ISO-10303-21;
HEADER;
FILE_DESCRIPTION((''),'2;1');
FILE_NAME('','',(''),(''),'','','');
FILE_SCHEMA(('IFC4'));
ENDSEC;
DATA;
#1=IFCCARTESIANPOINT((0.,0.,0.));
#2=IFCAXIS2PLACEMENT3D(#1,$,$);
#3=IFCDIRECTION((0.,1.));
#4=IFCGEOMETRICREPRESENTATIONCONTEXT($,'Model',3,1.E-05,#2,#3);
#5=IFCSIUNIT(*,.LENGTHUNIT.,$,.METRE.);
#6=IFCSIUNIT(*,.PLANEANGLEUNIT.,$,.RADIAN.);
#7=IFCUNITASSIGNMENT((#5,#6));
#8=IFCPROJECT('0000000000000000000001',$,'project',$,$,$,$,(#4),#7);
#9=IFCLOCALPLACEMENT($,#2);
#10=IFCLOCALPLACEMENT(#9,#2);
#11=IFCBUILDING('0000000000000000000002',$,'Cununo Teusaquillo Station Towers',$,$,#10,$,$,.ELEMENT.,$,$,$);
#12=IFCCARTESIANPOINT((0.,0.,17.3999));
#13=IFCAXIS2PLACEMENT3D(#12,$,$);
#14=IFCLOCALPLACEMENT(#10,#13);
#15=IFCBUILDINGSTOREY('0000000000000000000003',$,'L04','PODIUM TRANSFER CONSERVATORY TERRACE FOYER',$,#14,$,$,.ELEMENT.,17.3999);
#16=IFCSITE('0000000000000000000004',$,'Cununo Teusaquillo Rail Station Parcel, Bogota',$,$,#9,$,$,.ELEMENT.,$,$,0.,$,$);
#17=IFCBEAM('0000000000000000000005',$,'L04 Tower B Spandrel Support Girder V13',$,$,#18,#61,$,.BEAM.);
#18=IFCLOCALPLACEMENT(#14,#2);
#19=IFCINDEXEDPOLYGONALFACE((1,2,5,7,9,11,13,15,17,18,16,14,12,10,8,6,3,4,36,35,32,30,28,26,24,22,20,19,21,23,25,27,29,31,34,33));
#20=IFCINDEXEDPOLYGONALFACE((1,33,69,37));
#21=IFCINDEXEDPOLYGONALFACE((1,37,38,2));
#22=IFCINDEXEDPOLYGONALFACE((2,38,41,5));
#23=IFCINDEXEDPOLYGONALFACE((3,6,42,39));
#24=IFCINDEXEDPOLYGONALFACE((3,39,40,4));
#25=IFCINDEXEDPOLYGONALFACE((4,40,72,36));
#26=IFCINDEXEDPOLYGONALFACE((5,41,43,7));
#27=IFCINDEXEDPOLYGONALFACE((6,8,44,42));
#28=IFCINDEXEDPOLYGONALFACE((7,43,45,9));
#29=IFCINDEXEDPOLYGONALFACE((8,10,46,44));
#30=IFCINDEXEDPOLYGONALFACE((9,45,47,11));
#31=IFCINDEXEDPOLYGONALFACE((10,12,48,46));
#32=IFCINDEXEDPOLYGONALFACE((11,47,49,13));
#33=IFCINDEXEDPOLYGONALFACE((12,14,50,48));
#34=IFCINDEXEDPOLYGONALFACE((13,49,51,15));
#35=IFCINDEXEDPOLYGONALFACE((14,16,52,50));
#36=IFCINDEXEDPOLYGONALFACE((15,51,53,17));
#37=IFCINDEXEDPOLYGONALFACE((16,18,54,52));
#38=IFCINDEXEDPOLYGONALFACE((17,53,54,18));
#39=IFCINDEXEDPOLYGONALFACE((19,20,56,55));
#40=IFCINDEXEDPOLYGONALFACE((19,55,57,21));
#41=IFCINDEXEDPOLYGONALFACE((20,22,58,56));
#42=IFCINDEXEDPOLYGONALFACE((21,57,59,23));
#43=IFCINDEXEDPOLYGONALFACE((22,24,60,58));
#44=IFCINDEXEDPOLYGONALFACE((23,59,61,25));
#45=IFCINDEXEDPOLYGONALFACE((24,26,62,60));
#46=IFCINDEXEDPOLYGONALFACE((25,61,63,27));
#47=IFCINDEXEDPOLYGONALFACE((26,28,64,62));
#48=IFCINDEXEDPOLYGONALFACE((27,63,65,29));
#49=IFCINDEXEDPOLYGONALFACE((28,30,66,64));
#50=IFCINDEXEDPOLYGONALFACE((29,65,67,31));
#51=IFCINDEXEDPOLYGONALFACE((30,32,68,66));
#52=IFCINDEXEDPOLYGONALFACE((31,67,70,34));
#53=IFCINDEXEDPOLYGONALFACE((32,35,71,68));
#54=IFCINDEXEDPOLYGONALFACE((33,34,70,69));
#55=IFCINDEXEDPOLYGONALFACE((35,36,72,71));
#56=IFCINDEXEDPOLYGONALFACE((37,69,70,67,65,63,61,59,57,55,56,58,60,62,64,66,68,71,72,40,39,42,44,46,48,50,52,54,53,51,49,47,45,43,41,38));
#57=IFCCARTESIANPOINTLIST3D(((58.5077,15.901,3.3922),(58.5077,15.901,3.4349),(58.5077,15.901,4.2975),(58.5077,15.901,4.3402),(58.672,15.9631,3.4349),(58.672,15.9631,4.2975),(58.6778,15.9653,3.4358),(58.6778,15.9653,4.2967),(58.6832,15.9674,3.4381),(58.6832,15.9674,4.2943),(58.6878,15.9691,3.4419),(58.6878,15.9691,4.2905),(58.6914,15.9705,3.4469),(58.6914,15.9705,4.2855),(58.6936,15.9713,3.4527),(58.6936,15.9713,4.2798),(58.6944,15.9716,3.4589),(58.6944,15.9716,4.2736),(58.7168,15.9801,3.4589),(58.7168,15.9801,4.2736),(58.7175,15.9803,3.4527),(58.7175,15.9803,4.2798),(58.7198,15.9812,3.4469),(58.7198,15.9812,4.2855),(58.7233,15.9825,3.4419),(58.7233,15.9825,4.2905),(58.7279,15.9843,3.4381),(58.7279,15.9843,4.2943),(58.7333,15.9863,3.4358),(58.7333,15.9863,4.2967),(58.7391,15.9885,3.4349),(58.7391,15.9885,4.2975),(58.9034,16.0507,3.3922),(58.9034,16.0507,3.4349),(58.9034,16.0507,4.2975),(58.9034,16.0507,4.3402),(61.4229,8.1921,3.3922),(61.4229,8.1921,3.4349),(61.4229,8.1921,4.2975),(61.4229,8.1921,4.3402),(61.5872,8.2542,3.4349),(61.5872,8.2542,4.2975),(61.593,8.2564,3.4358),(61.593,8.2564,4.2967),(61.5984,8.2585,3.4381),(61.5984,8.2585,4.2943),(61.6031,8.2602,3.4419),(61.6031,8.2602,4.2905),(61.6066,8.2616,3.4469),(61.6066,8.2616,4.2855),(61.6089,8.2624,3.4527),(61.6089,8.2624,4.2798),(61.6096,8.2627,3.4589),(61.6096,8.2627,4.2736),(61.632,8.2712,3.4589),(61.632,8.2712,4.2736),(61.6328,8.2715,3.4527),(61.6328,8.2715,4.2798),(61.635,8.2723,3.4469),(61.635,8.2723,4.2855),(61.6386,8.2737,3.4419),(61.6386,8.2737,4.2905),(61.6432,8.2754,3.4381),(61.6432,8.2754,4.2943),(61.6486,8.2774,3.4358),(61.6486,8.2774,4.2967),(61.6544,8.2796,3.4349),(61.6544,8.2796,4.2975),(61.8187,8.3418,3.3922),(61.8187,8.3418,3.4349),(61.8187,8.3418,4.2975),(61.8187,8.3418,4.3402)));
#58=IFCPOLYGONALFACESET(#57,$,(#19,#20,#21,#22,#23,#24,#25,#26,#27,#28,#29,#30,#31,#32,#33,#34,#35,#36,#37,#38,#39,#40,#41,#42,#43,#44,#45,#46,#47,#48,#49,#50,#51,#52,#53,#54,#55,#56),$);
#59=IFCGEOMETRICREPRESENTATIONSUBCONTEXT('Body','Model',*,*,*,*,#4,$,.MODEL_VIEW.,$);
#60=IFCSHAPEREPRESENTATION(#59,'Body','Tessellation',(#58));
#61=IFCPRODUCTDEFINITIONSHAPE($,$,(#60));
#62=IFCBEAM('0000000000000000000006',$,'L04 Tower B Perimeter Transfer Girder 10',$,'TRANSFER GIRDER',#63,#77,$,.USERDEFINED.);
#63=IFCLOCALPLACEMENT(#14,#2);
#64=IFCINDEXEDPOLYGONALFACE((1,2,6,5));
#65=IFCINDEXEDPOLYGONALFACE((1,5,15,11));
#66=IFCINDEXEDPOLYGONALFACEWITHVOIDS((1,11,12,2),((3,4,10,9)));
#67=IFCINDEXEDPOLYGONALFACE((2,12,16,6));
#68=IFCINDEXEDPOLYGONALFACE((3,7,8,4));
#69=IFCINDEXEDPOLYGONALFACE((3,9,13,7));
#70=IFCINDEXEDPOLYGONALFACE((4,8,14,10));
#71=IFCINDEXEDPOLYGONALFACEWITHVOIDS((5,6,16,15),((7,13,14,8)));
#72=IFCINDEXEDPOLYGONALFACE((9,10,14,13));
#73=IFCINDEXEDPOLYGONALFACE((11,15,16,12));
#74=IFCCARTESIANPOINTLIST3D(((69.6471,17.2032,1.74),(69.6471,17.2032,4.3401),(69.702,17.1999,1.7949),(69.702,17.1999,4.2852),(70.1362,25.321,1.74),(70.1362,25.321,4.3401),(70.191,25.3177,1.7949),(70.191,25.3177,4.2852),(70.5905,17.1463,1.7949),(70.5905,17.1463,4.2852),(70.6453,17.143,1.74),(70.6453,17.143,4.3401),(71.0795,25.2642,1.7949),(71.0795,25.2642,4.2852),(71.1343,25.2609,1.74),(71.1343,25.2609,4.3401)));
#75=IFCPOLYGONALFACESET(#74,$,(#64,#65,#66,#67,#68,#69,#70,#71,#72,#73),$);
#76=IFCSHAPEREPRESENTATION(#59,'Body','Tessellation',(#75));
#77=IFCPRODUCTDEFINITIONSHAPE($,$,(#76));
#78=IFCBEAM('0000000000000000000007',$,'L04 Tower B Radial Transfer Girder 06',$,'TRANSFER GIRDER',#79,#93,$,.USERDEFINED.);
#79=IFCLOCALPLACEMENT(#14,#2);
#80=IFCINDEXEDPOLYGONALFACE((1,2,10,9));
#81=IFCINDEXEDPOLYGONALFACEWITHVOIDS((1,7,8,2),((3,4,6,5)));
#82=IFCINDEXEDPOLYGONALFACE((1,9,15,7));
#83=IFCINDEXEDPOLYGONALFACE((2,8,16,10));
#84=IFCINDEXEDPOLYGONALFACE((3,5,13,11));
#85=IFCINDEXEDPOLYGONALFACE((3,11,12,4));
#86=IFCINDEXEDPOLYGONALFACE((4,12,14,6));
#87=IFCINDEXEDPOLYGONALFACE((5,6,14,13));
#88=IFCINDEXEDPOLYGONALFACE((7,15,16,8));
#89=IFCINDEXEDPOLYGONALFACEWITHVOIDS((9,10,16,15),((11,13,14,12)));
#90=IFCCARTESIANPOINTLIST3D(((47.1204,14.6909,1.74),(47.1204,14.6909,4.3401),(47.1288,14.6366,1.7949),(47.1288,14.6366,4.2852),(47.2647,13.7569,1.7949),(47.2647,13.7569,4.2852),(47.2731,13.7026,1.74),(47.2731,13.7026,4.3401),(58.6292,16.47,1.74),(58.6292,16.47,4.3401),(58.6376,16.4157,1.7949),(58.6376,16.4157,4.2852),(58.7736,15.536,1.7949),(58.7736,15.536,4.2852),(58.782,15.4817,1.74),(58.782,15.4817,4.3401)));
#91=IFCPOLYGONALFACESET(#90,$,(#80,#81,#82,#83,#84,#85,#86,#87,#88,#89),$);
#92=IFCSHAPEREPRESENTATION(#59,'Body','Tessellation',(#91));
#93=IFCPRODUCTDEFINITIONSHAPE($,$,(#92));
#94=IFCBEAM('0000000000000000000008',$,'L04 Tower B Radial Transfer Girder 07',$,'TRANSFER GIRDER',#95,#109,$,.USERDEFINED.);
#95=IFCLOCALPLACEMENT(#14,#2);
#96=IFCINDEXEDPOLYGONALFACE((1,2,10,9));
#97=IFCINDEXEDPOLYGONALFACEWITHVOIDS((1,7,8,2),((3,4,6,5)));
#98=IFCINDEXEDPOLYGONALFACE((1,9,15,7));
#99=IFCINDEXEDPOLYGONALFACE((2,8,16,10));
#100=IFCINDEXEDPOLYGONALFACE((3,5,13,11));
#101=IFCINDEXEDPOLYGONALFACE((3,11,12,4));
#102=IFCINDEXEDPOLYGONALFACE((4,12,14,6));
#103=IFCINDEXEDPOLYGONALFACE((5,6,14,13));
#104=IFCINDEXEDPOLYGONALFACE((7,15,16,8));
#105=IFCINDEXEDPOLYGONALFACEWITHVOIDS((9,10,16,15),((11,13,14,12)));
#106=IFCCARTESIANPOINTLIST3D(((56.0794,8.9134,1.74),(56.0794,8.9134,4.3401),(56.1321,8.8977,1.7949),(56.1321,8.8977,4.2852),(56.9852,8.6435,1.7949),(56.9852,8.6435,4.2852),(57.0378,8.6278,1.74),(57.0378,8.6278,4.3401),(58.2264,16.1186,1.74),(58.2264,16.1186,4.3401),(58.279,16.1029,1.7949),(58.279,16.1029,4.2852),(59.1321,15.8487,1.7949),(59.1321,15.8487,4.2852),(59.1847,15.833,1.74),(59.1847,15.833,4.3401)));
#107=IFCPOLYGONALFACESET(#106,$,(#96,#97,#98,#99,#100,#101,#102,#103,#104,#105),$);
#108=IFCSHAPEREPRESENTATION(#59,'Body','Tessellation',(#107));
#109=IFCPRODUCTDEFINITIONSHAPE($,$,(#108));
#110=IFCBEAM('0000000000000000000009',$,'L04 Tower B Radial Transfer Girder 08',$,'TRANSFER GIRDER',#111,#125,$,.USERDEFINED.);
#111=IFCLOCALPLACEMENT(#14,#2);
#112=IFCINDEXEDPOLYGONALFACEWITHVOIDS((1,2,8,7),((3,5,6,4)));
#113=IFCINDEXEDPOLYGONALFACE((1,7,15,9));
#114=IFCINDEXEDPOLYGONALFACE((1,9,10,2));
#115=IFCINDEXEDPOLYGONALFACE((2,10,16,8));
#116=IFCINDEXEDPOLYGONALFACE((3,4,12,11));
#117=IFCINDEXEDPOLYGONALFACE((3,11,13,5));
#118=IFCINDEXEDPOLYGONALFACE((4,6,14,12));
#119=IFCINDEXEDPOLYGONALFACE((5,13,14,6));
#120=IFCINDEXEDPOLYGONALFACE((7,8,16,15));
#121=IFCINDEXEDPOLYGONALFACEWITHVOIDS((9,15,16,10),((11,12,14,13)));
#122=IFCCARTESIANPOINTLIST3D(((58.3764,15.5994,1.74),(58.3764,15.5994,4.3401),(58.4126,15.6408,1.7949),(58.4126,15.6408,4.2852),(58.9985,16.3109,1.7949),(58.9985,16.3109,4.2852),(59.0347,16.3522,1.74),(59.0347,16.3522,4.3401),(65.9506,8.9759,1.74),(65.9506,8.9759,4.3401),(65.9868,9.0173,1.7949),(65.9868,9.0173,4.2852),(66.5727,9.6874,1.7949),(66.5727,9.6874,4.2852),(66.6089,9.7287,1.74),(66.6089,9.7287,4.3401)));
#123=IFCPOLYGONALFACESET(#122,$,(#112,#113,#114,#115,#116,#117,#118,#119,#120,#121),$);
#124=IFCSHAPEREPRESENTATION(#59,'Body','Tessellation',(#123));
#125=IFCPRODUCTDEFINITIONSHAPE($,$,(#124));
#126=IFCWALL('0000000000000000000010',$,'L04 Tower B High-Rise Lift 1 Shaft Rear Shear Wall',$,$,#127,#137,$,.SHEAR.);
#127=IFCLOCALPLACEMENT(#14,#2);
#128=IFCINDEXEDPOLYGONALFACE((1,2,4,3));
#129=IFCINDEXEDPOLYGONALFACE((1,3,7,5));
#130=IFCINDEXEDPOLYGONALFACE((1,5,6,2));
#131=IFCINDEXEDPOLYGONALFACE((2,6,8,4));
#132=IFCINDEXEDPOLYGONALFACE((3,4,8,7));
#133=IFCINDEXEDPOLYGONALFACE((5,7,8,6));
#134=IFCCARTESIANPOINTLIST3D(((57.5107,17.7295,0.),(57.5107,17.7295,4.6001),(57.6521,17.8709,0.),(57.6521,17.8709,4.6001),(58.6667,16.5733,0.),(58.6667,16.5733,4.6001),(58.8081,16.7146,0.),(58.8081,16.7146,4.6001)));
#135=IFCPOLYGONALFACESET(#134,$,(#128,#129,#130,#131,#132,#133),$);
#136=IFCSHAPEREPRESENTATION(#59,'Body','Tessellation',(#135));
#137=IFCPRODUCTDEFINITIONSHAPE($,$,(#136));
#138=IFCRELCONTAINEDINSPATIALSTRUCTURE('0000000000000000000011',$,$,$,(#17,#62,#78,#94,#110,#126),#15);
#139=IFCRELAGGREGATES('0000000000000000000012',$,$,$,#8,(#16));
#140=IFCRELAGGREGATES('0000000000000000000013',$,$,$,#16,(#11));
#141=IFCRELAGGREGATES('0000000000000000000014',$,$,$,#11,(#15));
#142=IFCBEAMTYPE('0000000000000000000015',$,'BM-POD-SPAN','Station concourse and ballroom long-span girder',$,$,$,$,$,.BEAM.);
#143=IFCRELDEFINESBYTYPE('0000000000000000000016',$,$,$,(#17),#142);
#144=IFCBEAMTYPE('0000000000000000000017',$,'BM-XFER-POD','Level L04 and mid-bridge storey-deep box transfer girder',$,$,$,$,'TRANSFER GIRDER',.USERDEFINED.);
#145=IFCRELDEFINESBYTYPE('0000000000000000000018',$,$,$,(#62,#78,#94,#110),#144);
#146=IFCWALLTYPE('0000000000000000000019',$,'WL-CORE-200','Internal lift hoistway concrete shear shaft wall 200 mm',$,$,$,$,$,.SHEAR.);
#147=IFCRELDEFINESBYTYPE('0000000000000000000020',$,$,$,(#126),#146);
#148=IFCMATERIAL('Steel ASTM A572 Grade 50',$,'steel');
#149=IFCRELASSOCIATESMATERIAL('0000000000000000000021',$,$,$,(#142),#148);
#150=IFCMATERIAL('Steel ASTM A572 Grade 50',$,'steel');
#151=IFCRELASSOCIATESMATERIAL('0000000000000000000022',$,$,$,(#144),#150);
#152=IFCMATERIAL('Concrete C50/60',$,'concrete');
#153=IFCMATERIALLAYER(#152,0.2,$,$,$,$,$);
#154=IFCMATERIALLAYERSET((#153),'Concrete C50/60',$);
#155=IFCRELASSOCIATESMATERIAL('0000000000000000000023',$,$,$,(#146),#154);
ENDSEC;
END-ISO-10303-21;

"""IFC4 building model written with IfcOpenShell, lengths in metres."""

from ifc_helpers import new_model, si_unit, direction, frame, frame_2d, origin, origin_2d, place, context, subcontext, project, spatial, rectangle, hollow_rectangle, i_section, extrude, material, layer, layer_set, material_profile, profile_set, type_object, element, save


model = new_model("IFC4")

# Units and contexts
model_context = context("Model", 3, precision=1e-05, world=origin(), true_north=direction((0.0, 1.0)))
body_context = subcontext(model_context, "Body", "Model", "MODEL_VIEW")
ifc_project = project(units=[si_unit("LENGTHUNIT", "METRE"), si_unit("PLANEANGLEUNIT", "RADIAN")], contexts=[model_context])

# Site, building, storey
site_placement = place(None, origin())
site = spatial("IfcSite", under=ifc_project, at=site_placement, Name="Cununo Teusaquillo Rail Station Parcel, Bogota", CompositionType="ELEMENT", RefElevation=0.0)
building_placement = place(site_placement, origin())
building = spatial("IfcBuilding", under=site, at=building_placement, Name="Cununo Teusaquillo Station Towers", CompositionType="ELEMENT")
storey_placement = place(building_placement, frame((0.0, 0.0, 17.3999)))
storey = spatial("IfcBuildingStorey", under=building, at=storey_placement, Name="L04", Description="PODIUM TRANSFER CONSERVATORY TERRACE FOYER", CompositionType="ELEMENT", Elevation=17.3999)

# Beams
ifc_material_1 = material(Name="Steel ASTM A572 Grade 50", Category="steel")
ifc_material_profile_1 = material_profile(ifc_material_1, i_section(OverallWidth=0.4231, OverallDepth=0.948, WebThickness=0.0239, FlangeThickness=0.0427, FilletRadius=0.0239, at=origin_2d()), Name="W36X302")
ifc_profile_set_1 = profile_set([ifc_material_profile_1], Name="Steel ASTM A572 Grade 50")
beam_type_1 = type_object("IfcBeamType", Name="BM-POD-SPAN", Description="Station concourse and ballroom long-span girder", PredefinedType="BEAM", material=ifc_profile_set_1)
beam_1_placement = place(storey_placement, frame((58.7056, 15.9758, 3.8662), z_axis=(0.353719, -0.935352, 0.0), x_axis=(0.935352, 0.353719, 0.0)))
element("IfcBeam", 1, at=beam_1_placement, inside=storey, type_object=beam_type_1, Name="L04 Tower B Spandrel Support Girder V13", PredefinedType="BEAM", context=body_context, shape_type="SweptSolid", body=[
    extrude(i_section(OverallWidth=0.4231, OverallDepth=0.948, WebThickness=0.0239, FlangeThickness=0.0427, FilletRadius=0.0239, at=origin_2d()), origin(), (0.0, 0.0, 1.0), 8.2417),
])
ifc_material_2 = material(Name="Steel ASTM A572 Grade 50", Category="steel")
ifc_material_profile_2 = material_profile(ifc_material_2, hollow_rectangle(XDim=1.0, YDim=2.6001, WallThickness=0.0549, at=origin_2d()), Name="BOX 2600x1000x55")
ifc_profile_set_2 = profile_set([ifc_material_profile_2], Name="Steel ASTM A572 Grade 50")
beam_type_2 = type_object("IfcBeamType", Name="BM-XFER-POD", Description="Level L04 and mid-bridge storey-deep box transfer girder", ElementType="TRANSFER GIRDER", PredefinedType="USERDEFINED", material=ifc_profile_set_2)
beam_2_placement = place(storey_placement, frame((70.1462, 17.1731, 3.04), z_axis=(0.06013, 0.998191, 0.0), x_axis=(-0.998191, 0.06013, 0.0)))
element("IfcBeam", 2, at=beam_2_placement, inside=storey, type_object=beam_type_2, Name="L04 Tower B Perimeter Transfer Girder 10", ObjectType="TRANSFER GIRDER", PredefinedType="USERDEFINED", context=body_context, shape_type="SweptSolid", body=[
    extrude(hollow_rectangle(XDim=1.0, YDim=2.6001, WallThickness=0.0549, at=origin_2d()), origin(), (0.0, 0.0, 1.0), 8.1326),
])
beam_3_placement = place(storey_placement, frame((58.7056, 15.9758, 3.04), z_axis=(-0.988262, -0.152768, 0.0), x_axis=(0.152768, -0.988262, 0.0)))
element("IfcBeam", 3, at=beam_3_placement, inside=storey, type_object=beam_type_2, Name="L04 Tower B Radial Transfer Girder 06", ObjectType="TRANSFER GIRDER", PredefinedType="USERDEFINED", context=body_context, shape_type="SweptSolid", body=[
    extrude(hollow_rectangle(XDim=1.0, YDim=2.6001, WallThickness=0.0549, at=origin_2d()), origin(), (0.0, 0.0, 1.0), 11.6455),
])
beam_4_placement = place(storey_placement, frame((58.7056, 15.9758, 3.04), z_axis=(-0.285563, -0.95836, 0.0), x_axis=(0.95836, -0.285563, 0.0)))
element("IfcBeam", 4, at=beam_4_placement, inside=storey, type_object=beam_type_2, Name="L04 Tower B Radial Transfer Girder 07", ObjectType="TRANSFER GIRDER", PredefinedType="USERDEFINED", context=body_context, shape_type="SweptSolid", body=[
    extrude(hollow_rectangle(XDim=1.0, YDim=2.6001, WallThickness=0.0549, at=origin_2d()), origin(), (0.0, 0.0, 1.0), 7.5183),
])
beam_5_placement = place(storey_placement, frame((58.7056, 15.9758, 3.04), z_axis=(0.752769, -0.658285, 0.0), x_axis=(0.658285, 0.752769, 0.0)))
element("IfcBeam", 5, at=beam_5_placement, inside=storey, type_object=beam_type_2, Name="L04 Tower B Radial Transfer Girder 08", ObjectType="TRANSFER GIRDER", PredefinedType="USERDEFINED", context=body_context, shape_type="SweptSolid", body=[
    extrude(hollow_rectangle(XDim=1.0, YDim=2.6001, WallThickness=0.0549, at=origin_2d()), origin(), (0.0, 0.0, 1.0), 10.0618),
])

# Wall
ifc_material_3 = material(Name="Concrete C50/60", Category="concrete")
ifc_layer_1 = layer(ifc_material_3, 0.2)
ifc_layer_set_1 = layer_set([ifc_layer_1], Name="Concrete C50/60")
wall_type_1 = type_object("IfcWallType", Name="WL-CORE-200", Description="Internal lift hoistway concrete shear shaft wall 200 mm", PredefinedType="SHEAR", material=ifc_layer_set_1)
wall_1_placement = place(storey_placement, frame((58.7373, 16.644, 0.0), z_axis=(0.0, 0.0, 1.0), x_axis=(-0.707032, 0.707181, 0.0)))
element("IfcWall", 6, at=wall_1_placement, inside=storey, type_object=wall_type_1, Name="L04 Tower B High-Rise Lift 1 Shaft Rear Shear Wall", PredefinedType="SHEAR", context=body_context, shape_type="SweptSolid", body=[
    extrude(rectangle(XDim=1.635, YDim=0.2, at=frame_2d((0.8174, 0.0))), origin(), (0.0, 0.0, 1.0), 4.6001),
])

save(model, "model.ifc")
